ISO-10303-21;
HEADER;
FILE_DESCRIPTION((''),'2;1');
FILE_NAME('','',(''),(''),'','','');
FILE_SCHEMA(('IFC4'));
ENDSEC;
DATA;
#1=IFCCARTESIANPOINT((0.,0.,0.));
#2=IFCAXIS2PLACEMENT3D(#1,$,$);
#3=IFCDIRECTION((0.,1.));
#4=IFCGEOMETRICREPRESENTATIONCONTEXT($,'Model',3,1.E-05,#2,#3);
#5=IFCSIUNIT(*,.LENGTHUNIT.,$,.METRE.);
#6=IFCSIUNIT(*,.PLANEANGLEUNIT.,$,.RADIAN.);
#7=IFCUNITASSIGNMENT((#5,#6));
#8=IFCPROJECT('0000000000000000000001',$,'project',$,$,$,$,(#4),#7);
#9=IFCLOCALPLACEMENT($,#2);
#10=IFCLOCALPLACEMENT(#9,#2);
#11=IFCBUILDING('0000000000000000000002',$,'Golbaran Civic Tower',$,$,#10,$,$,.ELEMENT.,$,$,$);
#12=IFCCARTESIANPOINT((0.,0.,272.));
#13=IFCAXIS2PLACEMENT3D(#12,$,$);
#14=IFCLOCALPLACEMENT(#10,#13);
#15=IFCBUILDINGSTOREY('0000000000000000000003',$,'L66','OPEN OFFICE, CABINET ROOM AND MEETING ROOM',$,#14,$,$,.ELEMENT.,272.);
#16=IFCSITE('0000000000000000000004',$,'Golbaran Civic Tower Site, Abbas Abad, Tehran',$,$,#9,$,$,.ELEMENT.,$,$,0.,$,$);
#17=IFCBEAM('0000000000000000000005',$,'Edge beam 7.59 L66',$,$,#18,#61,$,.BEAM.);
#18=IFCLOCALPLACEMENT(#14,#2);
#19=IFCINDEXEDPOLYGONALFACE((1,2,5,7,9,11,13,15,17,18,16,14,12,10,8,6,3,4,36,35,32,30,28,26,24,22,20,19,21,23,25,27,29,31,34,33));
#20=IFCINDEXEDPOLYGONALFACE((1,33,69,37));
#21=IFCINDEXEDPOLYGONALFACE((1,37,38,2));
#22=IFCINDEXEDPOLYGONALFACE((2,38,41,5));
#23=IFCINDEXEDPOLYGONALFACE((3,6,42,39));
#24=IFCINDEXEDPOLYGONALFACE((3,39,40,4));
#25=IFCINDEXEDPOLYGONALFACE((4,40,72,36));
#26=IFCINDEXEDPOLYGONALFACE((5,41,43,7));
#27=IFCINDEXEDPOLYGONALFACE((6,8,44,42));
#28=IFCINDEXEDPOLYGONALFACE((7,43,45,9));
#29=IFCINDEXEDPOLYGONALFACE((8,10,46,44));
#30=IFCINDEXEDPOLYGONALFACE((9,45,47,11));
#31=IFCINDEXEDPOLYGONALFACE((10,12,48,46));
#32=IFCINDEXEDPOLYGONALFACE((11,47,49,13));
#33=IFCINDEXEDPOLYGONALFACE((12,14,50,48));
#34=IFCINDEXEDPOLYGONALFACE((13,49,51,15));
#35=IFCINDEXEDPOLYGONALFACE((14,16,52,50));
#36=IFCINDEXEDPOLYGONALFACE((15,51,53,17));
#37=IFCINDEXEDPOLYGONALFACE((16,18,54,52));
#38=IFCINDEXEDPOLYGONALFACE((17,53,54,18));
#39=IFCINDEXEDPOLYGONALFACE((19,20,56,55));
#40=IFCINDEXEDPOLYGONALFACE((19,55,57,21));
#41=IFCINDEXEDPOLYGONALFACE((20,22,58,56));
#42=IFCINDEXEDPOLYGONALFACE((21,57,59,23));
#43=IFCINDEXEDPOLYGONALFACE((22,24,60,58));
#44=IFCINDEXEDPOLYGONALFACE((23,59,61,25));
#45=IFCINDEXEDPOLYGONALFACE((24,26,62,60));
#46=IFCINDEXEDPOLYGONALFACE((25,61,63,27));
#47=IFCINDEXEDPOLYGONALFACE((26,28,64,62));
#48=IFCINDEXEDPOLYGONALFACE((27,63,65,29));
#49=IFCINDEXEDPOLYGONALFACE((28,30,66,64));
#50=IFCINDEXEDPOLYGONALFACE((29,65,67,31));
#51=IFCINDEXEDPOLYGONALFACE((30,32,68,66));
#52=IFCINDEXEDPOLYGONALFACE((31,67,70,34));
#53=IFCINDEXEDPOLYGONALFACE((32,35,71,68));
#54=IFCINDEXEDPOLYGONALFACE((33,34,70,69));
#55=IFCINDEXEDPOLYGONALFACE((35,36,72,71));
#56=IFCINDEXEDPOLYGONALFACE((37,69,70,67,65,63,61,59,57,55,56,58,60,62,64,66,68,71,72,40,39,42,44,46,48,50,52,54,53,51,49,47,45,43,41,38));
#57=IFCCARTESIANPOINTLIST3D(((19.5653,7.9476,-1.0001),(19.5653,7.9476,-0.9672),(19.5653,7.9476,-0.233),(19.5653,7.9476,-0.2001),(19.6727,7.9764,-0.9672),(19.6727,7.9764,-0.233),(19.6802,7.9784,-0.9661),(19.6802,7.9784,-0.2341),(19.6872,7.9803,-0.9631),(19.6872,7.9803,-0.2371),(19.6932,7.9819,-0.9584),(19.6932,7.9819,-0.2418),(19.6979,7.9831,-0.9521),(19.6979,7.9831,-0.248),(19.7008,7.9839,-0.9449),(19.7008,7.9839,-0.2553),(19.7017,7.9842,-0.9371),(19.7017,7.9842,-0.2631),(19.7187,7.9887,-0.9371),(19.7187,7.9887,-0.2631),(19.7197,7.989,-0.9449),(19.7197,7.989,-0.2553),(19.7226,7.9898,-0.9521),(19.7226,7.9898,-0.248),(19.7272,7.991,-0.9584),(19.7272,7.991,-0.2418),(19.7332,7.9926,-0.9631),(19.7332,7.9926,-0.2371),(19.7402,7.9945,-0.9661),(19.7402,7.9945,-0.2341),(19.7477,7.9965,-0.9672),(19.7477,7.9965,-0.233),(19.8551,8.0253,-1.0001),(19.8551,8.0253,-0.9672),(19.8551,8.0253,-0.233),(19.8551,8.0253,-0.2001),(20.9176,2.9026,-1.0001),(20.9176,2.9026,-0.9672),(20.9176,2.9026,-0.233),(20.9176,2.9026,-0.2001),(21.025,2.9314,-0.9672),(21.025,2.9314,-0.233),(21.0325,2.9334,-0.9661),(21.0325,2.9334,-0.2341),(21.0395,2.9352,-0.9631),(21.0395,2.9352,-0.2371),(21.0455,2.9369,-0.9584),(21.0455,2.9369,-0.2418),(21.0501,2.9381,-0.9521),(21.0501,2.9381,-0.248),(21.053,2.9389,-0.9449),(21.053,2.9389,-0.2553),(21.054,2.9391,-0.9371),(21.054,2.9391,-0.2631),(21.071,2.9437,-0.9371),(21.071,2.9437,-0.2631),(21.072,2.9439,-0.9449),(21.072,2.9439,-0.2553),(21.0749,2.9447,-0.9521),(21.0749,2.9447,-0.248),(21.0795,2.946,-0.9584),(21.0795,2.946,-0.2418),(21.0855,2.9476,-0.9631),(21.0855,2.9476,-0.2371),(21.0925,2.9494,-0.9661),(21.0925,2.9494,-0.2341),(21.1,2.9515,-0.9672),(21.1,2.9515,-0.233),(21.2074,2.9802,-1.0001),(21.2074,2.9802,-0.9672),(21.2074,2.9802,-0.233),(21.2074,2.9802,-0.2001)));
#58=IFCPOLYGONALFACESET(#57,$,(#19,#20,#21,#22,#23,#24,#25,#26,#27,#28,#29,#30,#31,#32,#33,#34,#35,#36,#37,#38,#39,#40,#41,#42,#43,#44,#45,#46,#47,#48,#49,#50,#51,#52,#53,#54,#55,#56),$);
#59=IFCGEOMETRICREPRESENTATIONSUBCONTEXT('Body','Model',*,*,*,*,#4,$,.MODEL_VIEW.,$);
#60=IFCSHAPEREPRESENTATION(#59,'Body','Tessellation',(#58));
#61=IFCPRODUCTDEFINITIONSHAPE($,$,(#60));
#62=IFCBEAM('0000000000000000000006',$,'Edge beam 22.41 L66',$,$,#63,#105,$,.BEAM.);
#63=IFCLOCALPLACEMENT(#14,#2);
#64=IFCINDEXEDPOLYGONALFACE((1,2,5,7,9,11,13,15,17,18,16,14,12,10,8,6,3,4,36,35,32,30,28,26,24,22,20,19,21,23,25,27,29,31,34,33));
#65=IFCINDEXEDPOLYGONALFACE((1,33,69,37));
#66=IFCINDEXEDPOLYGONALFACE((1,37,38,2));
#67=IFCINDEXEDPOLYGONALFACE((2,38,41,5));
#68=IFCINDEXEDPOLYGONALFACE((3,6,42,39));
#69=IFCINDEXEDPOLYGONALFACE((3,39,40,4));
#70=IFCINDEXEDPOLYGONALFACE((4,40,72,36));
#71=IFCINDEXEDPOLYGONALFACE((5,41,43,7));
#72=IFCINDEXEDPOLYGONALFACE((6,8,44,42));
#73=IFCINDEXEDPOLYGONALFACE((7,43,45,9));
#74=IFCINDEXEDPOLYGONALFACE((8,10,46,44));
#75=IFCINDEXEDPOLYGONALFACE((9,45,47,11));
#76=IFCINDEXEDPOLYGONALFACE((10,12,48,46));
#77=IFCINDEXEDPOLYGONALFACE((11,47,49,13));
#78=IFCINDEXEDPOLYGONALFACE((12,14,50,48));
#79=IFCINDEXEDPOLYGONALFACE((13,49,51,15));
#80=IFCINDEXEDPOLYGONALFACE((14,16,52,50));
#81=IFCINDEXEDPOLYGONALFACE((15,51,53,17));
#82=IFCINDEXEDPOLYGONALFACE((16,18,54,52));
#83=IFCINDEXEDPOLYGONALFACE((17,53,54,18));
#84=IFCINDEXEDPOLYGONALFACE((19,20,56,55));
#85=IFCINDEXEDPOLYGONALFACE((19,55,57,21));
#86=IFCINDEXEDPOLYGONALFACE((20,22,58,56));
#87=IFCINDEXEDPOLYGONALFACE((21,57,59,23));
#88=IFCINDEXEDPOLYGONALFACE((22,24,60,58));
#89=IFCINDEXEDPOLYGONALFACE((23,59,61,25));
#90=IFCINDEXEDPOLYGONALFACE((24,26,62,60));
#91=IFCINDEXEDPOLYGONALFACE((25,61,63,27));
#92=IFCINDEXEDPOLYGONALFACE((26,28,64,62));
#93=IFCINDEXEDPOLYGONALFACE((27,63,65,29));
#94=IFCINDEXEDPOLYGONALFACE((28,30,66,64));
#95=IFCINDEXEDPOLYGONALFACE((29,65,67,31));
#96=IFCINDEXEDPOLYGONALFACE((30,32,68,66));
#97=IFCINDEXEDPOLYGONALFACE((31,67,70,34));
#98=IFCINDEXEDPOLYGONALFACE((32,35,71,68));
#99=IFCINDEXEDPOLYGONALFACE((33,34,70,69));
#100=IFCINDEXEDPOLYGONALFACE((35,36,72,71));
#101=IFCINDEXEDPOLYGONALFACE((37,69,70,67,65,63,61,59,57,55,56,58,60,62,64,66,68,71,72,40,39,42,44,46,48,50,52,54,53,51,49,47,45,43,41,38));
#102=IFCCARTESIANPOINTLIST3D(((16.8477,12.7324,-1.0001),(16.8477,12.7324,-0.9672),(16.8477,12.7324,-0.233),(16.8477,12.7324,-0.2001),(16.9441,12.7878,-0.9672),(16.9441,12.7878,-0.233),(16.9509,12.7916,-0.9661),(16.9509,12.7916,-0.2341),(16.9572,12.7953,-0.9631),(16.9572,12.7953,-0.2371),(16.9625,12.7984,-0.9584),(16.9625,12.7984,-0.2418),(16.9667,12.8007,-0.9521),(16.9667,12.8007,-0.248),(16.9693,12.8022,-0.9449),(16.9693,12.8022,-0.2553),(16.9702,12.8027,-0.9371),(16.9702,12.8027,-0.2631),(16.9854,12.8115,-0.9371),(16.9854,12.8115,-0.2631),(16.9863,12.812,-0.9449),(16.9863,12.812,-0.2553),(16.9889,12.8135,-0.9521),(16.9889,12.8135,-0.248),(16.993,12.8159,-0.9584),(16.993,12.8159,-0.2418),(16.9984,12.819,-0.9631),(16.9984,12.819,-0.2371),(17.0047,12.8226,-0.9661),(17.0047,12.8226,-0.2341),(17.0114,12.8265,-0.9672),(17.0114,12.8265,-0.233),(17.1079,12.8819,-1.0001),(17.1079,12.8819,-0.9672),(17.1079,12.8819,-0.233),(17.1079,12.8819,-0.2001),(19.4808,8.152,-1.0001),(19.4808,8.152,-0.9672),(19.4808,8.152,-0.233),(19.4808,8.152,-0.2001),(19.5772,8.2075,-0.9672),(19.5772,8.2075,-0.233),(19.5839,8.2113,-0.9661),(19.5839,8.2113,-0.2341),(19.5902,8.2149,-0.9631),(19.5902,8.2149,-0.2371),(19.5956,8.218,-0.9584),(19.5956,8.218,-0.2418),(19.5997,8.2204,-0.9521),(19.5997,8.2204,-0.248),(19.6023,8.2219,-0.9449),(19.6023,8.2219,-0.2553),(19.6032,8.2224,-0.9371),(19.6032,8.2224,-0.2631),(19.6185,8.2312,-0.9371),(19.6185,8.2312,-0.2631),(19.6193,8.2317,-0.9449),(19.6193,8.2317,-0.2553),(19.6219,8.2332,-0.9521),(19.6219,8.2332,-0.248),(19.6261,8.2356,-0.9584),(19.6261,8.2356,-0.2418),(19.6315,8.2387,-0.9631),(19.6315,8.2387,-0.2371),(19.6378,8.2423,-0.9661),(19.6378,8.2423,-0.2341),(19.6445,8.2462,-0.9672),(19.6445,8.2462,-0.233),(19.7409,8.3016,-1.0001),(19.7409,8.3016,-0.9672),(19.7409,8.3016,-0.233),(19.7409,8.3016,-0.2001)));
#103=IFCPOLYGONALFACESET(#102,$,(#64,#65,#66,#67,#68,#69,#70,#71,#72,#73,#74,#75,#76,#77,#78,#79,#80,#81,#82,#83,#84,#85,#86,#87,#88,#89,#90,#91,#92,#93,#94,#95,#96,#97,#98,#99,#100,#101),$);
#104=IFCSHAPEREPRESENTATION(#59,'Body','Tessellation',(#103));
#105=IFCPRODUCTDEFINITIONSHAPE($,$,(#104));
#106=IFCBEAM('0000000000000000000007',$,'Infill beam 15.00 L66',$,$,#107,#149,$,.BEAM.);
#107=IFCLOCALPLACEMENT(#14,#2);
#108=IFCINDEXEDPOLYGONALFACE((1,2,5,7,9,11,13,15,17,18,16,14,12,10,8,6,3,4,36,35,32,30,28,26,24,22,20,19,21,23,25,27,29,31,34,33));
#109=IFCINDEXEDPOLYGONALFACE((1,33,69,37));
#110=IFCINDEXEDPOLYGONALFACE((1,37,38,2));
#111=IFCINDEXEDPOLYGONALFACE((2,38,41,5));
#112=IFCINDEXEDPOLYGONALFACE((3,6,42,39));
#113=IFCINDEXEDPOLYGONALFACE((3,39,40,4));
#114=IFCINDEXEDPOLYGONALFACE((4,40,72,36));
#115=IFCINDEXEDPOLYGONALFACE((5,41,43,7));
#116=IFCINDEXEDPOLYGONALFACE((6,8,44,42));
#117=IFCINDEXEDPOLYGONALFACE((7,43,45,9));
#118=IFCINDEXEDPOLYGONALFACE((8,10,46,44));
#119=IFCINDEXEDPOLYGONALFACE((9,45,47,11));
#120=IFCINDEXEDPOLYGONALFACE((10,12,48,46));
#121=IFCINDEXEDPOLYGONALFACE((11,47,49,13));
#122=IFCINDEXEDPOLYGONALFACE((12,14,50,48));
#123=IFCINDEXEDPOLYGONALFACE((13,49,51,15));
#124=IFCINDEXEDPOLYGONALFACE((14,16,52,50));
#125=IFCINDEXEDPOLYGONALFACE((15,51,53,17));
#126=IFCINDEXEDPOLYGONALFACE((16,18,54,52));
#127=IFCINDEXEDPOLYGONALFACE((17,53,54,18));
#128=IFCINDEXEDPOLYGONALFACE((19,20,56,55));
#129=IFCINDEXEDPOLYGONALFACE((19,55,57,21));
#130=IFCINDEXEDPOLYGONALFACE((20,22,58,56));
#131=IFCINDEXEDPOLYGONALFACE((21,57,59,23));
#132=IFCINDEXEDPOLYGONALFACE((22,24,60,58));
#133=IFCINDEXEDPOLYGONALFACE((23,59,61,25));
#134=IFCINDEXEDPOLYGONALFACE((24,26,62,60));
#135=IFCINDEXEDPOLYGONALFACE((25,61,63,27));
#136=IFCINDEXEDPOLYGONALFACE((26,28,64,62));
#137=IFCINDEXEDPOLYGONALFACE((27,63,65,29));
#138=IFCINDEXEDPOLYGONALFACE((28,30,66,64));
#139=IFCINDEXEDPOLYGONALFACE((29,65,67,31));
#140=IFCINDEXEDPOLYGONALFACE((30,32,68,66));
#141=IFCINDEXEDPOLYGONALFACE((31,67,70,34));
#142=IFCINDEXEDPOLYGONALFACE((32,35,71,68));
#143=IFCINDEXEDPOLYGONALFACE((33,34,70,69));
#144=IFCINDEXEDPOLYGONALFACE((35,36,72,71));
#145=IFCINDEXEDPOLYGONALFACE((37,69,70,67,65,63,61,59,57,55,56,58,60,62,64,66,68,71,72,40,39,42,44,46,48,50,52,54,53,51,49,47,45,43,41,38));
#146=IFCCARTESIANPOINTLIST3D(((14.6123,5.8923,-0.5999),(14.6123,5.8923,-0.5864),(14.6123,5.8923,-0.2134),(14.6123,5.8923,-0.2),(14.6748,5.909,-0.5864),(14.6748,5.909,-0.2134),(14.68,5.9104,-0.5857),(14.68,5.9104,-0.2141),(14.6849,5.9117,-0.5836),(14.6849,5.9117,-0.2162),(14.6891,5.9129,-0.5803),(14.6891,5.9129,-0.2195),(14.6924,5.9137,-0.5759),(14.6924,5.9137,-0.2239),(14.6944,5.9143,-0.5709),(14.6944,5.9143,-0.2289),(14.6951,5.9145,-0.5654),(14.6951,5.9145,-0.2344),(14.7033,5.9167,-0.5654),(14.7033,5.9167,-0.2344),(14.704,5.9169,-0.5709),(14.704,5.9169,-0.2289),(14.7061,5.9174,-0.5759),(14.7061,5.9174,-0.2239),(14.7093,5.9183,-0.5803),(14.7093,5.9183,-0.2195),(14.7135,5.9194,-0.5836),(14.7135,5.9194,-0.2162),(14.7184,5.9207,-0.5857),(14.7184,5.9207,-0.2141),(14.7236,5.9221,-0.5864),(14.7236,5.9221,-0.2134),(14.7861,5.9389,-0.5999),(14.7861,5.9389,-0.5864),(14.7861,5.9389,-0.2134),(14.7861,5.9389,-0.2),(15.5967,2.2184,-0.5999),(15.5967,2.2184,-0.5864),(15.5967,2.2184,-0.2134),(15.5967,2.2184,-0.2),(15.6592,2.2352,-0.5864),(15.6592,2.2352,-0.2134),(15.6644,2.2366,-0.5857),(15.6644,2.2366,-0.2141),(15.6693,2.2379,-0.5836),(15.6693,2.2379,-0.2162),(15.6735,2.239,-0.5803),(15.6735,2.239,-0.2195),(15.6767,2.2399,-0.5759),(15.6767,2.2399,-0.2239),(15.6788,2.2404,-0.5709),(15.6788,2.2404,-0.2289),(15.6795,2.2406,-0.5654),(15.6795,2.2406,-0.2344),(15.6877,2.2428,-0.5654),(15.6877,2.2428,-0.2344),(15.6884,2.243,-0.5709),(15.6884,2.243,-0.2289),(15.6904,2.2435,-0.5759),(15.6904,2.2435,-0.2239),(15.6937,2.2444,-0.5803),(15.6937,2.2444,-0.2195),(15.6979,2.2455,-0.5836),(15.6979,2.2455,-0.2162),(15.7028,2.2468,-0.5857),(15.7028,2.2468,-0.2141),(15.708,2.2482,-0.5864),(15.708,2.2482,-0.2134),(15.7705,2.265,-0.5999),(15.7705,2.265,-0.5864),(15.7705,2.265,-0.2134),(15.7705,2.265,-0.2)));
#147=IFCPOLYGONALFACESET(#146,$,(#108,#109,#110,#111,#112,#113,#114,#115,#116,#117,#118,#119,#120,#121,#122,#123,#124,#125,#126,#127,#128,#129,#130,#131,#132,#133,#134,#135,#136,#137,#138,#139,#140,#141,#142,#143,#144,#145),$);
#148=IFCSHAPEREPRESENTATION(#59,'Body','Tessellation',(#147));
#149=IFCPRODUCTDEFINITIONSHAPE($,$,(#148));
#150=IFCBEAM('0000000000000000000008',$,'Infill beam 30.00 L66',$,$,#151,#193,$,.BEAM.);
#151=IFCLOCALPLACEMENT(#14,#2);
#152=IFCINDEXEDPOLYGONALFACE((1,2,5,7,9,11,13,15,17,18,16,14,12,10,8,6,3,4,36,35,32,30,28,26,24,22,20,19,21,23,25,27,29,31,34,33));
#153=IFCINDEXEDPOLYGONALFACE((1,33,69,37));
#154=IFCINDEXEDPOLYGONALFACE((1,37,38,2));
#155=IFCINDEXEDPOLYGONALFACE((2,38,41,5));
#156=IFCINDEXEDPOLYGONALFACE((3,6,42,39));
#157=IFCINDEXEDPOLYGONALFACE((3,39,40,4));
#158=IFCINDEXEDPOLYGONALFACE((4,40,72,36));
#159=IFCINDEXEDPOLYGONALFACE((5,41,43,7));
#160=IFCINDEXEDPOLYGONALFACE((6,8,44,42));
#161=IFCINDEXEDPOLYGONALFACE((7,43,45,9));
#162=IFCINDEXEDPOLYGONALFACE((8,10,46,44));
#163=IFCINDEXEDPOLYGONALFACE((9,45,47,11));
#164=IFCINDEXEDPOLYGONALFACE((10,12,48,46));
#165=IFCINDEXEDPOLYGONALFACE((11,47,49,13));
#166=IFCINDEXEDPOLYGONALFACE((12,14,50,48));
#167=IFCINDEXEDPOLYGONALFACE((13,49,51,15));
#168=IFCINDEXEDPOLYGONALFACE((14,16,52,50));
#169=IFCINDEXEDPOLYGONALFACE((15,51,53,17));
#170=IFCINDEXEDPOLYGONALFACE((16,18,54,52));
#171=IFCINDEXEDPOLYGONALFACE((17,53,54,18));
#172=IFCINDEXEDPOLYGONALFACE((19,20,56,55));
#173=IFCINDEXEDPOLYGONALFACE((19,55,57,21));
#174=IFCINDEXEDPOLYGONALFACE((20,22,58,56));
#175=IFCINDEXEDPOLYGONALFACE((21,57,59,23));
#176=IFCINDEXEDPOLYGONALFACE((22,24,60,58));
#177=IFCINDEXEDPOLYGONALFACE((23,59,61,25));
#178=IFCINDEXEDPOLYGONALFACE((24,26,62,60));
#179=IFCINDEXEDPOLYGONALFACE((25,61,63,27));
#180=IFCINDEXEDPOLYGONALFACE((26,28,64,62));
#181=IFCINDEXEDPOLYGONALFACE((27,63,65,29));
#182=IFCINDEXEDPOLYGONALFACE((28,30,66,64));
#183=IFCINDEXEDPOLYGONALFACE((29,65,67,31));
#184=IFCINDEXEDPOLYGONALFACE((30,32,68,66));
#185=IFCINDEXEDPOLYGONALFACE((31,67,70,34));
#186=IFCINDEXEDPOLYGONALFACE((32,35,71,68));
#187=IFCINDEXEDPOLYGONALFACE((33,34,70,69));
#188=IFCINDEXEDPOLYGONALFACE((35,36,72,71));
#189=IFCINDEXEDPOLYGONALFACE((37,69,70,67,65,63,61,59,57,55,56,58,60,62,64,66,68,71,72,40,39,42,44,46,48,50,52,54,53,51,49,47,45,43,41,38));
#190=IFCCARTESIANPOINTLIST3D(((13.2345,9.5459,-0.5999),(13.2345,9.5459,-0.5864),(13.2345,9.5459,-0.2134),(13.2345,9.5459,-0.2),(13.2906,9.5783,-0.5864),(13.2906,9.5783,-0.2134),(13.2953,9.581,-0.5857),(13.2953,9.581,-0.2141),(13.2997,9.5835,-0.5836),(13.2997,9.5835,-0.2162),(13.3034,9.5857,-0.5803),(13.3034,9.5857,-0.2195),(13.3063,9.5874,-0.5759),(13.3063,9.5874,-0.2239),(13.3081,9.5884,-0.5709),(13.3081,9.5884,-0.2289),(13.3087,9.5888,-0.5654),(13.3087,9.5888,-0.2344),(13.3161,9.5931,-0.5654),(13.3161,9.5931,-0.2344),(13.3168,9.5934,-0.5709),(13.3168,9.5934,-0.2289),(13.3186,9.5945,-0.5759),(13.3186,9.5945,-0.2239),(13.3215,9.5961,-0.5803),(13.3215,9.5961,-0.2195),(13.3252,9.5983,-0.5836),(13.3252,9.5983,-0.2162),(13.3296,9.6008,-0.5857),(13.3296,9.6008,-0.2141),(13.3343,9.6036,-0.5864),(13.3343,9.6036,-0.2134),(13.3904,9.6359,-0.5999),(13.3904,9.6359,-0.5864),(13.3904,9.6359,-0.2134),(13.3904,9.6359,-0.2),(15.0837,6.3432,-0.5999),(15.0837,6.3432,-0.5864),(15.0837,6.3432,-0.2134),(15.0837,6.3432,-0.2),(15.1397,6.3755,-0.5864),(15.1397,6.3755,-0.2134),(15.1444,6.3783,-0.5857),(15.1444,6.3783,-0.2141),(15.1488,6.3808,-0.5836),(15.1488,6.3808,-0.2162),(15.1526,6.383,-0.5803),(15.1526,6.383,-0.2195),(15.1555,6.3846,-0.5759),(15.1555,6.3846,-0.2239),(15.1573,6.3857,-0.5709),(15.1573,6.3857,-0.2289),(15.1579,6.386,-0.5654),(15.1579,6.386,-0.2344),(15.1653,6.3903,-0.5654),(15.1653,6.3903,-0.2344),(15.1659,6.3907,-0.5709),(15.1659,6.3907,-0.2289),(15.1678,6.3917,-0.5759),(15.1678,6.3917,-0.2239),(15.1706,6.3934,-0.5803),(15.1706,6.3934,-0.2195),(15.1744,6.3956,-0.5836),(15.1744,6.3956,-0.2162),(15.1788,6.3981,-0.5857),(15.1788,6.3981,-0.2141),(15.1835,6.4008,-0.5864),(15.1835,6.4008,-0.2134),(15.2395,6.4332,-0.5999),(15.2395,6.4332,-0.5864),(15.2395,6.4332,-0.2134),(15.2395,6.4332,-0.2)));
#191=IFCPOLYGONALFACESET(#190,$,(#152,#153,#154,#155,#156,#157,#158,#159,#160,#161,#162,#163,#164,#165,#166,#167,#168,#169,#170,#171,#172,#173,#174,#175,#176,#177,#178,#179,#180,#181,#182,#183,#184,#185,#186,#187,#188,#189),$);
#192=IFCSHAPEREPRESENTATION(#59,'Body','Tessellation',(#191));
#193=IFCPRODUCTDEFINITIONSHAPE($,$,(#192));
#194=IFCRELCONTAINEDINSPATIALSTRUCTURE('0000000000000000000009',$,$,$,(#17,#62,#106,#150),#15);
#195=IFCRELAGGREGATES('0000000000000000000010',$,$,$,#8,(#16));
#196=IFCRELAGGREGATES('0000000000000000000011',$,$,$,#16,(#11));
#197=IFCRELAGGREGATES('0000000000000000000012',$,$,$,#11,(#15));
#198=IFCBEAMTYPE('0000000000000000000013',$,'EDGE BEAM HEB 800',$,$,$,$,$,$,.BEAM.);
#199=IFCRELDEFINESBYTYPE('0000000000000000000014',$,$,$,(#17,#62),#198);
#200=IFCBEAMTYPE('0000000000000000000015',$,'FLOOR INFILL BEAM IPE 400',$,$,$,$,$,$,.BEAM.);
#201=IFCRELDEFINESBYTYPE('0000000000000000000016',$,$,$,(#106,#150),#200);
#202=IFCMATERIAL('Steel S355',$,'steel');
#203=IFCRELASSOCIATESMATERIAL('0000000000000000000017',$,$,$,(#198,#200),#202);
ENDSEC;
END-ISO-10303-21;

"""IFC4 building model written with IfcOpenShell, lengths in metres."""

from ifc_helpers import new_model, si_unit, direction, frame, origin, origin_2d, place, context, subcontext, project, spatial, i_section, extrude, material, material_profile, profile_set, type_object, element, save


model = new_model("IFC4")

# Units and contexts
model_context = context("Model", 3, precision=1e-05, world=origin(), true_north=direction((0.0, 1.0)))
body_context = subcontext(model_context, "Body", "Model", "MODEL_VIEW")
ifc_project = project(units=[si_unit("LENGTHUNIT", "METRE"), si_unit("PLANEANGLEUNIT", "RADIAN")], contexts=[model_context])

# Site, building, storey
site_placement = place(None, origin())
site = spatial("IfcSite", under=ifc_project, at=site_placement, Name="Golbaran Civic Tower Site, Abbas Abad, Tehran", CompositionType="ELEMENT", RefElevation=0.0)
building_placement = place(site_placement, origin())
building = spatial("IfcBuilding", under=site, at=building_placement, Name="Golbaran Civic Tower", CompositionType="ELEMENT")
storey_placement = place(building_placement, frame((0.0, 0.0, 272.0)))
storey = spatial("IfcBuildingStorey", under=building, at=storey_placement, Name="L66", Description="OPEN OFFICE, CABINET ROOM AND MEETING ROOM", CompositionType="ELEMENT", Elevation=272.0)

# Beams
ifc_material_1 = material(Name="Steel S355", Category="steel")
ifc_material_profile_1 = material_profile(ifc_material_1, i_section(OverallWidth=0.3, OverallDepth=0.8, WebThickness=0.0176, FlangeThickness=0.033, FilletRadius=0.03, at=origin_2d()), Name="HEB 800")
ifc_profile_set_1 = profile_set([ifc_material_profile_1], Name="Steel S355")
beam_type_1 = type_object("IfcBeamType", Name="EDGE BEAM HEB 800", PredefinedType="BEAM", material=ifc_profile_set_1)
beam_1_placement = place(storey_placement, frame((21.0625, 2.9414, -0.6001), z_axis=(-0.258899, 0.965904, 0.0), x_axis=(-0.965904, -0.258899, 0.0)))
element("IfcBeam", 1, at=beam_1_placement, inside=storey, type_object=beam_type_1, Name="Edge beam 7.59 L66", PredefinedType="BEAM", context=body_context, shape_type="SweptSolid", body=[
    extrude(i_section(OverallWidth=0.3, OverallDepth=0.8, WebThickness=0.0176, FlangeThickness=0.033, FilletRadius=0.03, at=origin_2d()), origin(), (0.0, 0.0, 1.0), 5.2231),
])
beam_2_placement = place(storey_placement, frame((19.6108, 8.2268, -0.6001), z_axis=(-0.498382, 0.866958, 0.0), x_axis=(-0.866958, -0.498382, 0.0)))
element("IfcBeam", 2, at=beam_2_placement, inside=storey, type_object=beam_type_1, Name="Edge beam 22.41 L66", PredefinedType="BEAM", context=body_context, shape_type="SweptSolid", body=[
    extrude(i_section(OverallWidth=0.3, OverallDepth=0.8, WebThickness=0.0176, FlangeThickness=0.033, FilletRadius=0.03, at=origin_2d()), origin(), (0.0, 0.0, 1.0), 5.2832),
])
ifc_material_profile_2 = material_profile(ifc_material_1, i_section(OverallWidth=0.1799, OverallDepth=0.3999, WebThickness=0.0085, FlangeThickness=0.0134, FilletRadius=0.021, at=origin_2d()), Name="IPE 400")
ifc_profile_set_2 = profile_set([ifc_material_profile_2], Name="Steel S355")
beam_type_2 = type_object("IfcBeamType", Name="FLOOR INFILL BEAM IPE 400", PredefinedType="BEAM", material=ifc_profile_set_2)
beam_3_placement = place(storey_placement, frame((15.6836, 2.2417, -0.3999), z_axis=(-0.258813, 0.965927, 0.0), x_axis=(-0.965927, -0.258813, 0.0)))
element("IfcBeam", 3, at=beam_3_placement, inside=storey, type_object=beam_type_2, Name="Infill beam 15.00 L66", PredefinedType="BEAM", context=body_context, shape_type="SweptSolid", body=[
    extrude(i_section(OverallWidth=0.1799, OverallDepth=0.3999, WebThickness=0.0085, FlangeThickness=0.0134, FilletRadius=0.021, at=origin_2d()), origin(), (0.0, 0.0, 1.0), 3.8035),
])
beam_4_placement = place(storey_placement, frame((15.1616, 6.3882, -0.3999), z_axis=(-0.500016, 0.866016, 0.0), x_axis=(-0.866016, -0.500016, 0.0)))
element("IfcBeam", 4, at=beam_4_placement, inside=storey, type_object=beam_type_2, Name="Infill beam 30.00 L66", PredefinedType="BEAM", context=body_context, shape_type="SweptSolid", body=[
    extrude(i_section(OverallWidth=0.1799, OverallDepth=0.3999, WebThickness=0.0085, FlangeThickness=0.0134, FilletRadius=0.021, at=origin_2d()), origin(), (0.0, 0.0, 1.0), 3.6982),
])

save(model, "model.ifc")
